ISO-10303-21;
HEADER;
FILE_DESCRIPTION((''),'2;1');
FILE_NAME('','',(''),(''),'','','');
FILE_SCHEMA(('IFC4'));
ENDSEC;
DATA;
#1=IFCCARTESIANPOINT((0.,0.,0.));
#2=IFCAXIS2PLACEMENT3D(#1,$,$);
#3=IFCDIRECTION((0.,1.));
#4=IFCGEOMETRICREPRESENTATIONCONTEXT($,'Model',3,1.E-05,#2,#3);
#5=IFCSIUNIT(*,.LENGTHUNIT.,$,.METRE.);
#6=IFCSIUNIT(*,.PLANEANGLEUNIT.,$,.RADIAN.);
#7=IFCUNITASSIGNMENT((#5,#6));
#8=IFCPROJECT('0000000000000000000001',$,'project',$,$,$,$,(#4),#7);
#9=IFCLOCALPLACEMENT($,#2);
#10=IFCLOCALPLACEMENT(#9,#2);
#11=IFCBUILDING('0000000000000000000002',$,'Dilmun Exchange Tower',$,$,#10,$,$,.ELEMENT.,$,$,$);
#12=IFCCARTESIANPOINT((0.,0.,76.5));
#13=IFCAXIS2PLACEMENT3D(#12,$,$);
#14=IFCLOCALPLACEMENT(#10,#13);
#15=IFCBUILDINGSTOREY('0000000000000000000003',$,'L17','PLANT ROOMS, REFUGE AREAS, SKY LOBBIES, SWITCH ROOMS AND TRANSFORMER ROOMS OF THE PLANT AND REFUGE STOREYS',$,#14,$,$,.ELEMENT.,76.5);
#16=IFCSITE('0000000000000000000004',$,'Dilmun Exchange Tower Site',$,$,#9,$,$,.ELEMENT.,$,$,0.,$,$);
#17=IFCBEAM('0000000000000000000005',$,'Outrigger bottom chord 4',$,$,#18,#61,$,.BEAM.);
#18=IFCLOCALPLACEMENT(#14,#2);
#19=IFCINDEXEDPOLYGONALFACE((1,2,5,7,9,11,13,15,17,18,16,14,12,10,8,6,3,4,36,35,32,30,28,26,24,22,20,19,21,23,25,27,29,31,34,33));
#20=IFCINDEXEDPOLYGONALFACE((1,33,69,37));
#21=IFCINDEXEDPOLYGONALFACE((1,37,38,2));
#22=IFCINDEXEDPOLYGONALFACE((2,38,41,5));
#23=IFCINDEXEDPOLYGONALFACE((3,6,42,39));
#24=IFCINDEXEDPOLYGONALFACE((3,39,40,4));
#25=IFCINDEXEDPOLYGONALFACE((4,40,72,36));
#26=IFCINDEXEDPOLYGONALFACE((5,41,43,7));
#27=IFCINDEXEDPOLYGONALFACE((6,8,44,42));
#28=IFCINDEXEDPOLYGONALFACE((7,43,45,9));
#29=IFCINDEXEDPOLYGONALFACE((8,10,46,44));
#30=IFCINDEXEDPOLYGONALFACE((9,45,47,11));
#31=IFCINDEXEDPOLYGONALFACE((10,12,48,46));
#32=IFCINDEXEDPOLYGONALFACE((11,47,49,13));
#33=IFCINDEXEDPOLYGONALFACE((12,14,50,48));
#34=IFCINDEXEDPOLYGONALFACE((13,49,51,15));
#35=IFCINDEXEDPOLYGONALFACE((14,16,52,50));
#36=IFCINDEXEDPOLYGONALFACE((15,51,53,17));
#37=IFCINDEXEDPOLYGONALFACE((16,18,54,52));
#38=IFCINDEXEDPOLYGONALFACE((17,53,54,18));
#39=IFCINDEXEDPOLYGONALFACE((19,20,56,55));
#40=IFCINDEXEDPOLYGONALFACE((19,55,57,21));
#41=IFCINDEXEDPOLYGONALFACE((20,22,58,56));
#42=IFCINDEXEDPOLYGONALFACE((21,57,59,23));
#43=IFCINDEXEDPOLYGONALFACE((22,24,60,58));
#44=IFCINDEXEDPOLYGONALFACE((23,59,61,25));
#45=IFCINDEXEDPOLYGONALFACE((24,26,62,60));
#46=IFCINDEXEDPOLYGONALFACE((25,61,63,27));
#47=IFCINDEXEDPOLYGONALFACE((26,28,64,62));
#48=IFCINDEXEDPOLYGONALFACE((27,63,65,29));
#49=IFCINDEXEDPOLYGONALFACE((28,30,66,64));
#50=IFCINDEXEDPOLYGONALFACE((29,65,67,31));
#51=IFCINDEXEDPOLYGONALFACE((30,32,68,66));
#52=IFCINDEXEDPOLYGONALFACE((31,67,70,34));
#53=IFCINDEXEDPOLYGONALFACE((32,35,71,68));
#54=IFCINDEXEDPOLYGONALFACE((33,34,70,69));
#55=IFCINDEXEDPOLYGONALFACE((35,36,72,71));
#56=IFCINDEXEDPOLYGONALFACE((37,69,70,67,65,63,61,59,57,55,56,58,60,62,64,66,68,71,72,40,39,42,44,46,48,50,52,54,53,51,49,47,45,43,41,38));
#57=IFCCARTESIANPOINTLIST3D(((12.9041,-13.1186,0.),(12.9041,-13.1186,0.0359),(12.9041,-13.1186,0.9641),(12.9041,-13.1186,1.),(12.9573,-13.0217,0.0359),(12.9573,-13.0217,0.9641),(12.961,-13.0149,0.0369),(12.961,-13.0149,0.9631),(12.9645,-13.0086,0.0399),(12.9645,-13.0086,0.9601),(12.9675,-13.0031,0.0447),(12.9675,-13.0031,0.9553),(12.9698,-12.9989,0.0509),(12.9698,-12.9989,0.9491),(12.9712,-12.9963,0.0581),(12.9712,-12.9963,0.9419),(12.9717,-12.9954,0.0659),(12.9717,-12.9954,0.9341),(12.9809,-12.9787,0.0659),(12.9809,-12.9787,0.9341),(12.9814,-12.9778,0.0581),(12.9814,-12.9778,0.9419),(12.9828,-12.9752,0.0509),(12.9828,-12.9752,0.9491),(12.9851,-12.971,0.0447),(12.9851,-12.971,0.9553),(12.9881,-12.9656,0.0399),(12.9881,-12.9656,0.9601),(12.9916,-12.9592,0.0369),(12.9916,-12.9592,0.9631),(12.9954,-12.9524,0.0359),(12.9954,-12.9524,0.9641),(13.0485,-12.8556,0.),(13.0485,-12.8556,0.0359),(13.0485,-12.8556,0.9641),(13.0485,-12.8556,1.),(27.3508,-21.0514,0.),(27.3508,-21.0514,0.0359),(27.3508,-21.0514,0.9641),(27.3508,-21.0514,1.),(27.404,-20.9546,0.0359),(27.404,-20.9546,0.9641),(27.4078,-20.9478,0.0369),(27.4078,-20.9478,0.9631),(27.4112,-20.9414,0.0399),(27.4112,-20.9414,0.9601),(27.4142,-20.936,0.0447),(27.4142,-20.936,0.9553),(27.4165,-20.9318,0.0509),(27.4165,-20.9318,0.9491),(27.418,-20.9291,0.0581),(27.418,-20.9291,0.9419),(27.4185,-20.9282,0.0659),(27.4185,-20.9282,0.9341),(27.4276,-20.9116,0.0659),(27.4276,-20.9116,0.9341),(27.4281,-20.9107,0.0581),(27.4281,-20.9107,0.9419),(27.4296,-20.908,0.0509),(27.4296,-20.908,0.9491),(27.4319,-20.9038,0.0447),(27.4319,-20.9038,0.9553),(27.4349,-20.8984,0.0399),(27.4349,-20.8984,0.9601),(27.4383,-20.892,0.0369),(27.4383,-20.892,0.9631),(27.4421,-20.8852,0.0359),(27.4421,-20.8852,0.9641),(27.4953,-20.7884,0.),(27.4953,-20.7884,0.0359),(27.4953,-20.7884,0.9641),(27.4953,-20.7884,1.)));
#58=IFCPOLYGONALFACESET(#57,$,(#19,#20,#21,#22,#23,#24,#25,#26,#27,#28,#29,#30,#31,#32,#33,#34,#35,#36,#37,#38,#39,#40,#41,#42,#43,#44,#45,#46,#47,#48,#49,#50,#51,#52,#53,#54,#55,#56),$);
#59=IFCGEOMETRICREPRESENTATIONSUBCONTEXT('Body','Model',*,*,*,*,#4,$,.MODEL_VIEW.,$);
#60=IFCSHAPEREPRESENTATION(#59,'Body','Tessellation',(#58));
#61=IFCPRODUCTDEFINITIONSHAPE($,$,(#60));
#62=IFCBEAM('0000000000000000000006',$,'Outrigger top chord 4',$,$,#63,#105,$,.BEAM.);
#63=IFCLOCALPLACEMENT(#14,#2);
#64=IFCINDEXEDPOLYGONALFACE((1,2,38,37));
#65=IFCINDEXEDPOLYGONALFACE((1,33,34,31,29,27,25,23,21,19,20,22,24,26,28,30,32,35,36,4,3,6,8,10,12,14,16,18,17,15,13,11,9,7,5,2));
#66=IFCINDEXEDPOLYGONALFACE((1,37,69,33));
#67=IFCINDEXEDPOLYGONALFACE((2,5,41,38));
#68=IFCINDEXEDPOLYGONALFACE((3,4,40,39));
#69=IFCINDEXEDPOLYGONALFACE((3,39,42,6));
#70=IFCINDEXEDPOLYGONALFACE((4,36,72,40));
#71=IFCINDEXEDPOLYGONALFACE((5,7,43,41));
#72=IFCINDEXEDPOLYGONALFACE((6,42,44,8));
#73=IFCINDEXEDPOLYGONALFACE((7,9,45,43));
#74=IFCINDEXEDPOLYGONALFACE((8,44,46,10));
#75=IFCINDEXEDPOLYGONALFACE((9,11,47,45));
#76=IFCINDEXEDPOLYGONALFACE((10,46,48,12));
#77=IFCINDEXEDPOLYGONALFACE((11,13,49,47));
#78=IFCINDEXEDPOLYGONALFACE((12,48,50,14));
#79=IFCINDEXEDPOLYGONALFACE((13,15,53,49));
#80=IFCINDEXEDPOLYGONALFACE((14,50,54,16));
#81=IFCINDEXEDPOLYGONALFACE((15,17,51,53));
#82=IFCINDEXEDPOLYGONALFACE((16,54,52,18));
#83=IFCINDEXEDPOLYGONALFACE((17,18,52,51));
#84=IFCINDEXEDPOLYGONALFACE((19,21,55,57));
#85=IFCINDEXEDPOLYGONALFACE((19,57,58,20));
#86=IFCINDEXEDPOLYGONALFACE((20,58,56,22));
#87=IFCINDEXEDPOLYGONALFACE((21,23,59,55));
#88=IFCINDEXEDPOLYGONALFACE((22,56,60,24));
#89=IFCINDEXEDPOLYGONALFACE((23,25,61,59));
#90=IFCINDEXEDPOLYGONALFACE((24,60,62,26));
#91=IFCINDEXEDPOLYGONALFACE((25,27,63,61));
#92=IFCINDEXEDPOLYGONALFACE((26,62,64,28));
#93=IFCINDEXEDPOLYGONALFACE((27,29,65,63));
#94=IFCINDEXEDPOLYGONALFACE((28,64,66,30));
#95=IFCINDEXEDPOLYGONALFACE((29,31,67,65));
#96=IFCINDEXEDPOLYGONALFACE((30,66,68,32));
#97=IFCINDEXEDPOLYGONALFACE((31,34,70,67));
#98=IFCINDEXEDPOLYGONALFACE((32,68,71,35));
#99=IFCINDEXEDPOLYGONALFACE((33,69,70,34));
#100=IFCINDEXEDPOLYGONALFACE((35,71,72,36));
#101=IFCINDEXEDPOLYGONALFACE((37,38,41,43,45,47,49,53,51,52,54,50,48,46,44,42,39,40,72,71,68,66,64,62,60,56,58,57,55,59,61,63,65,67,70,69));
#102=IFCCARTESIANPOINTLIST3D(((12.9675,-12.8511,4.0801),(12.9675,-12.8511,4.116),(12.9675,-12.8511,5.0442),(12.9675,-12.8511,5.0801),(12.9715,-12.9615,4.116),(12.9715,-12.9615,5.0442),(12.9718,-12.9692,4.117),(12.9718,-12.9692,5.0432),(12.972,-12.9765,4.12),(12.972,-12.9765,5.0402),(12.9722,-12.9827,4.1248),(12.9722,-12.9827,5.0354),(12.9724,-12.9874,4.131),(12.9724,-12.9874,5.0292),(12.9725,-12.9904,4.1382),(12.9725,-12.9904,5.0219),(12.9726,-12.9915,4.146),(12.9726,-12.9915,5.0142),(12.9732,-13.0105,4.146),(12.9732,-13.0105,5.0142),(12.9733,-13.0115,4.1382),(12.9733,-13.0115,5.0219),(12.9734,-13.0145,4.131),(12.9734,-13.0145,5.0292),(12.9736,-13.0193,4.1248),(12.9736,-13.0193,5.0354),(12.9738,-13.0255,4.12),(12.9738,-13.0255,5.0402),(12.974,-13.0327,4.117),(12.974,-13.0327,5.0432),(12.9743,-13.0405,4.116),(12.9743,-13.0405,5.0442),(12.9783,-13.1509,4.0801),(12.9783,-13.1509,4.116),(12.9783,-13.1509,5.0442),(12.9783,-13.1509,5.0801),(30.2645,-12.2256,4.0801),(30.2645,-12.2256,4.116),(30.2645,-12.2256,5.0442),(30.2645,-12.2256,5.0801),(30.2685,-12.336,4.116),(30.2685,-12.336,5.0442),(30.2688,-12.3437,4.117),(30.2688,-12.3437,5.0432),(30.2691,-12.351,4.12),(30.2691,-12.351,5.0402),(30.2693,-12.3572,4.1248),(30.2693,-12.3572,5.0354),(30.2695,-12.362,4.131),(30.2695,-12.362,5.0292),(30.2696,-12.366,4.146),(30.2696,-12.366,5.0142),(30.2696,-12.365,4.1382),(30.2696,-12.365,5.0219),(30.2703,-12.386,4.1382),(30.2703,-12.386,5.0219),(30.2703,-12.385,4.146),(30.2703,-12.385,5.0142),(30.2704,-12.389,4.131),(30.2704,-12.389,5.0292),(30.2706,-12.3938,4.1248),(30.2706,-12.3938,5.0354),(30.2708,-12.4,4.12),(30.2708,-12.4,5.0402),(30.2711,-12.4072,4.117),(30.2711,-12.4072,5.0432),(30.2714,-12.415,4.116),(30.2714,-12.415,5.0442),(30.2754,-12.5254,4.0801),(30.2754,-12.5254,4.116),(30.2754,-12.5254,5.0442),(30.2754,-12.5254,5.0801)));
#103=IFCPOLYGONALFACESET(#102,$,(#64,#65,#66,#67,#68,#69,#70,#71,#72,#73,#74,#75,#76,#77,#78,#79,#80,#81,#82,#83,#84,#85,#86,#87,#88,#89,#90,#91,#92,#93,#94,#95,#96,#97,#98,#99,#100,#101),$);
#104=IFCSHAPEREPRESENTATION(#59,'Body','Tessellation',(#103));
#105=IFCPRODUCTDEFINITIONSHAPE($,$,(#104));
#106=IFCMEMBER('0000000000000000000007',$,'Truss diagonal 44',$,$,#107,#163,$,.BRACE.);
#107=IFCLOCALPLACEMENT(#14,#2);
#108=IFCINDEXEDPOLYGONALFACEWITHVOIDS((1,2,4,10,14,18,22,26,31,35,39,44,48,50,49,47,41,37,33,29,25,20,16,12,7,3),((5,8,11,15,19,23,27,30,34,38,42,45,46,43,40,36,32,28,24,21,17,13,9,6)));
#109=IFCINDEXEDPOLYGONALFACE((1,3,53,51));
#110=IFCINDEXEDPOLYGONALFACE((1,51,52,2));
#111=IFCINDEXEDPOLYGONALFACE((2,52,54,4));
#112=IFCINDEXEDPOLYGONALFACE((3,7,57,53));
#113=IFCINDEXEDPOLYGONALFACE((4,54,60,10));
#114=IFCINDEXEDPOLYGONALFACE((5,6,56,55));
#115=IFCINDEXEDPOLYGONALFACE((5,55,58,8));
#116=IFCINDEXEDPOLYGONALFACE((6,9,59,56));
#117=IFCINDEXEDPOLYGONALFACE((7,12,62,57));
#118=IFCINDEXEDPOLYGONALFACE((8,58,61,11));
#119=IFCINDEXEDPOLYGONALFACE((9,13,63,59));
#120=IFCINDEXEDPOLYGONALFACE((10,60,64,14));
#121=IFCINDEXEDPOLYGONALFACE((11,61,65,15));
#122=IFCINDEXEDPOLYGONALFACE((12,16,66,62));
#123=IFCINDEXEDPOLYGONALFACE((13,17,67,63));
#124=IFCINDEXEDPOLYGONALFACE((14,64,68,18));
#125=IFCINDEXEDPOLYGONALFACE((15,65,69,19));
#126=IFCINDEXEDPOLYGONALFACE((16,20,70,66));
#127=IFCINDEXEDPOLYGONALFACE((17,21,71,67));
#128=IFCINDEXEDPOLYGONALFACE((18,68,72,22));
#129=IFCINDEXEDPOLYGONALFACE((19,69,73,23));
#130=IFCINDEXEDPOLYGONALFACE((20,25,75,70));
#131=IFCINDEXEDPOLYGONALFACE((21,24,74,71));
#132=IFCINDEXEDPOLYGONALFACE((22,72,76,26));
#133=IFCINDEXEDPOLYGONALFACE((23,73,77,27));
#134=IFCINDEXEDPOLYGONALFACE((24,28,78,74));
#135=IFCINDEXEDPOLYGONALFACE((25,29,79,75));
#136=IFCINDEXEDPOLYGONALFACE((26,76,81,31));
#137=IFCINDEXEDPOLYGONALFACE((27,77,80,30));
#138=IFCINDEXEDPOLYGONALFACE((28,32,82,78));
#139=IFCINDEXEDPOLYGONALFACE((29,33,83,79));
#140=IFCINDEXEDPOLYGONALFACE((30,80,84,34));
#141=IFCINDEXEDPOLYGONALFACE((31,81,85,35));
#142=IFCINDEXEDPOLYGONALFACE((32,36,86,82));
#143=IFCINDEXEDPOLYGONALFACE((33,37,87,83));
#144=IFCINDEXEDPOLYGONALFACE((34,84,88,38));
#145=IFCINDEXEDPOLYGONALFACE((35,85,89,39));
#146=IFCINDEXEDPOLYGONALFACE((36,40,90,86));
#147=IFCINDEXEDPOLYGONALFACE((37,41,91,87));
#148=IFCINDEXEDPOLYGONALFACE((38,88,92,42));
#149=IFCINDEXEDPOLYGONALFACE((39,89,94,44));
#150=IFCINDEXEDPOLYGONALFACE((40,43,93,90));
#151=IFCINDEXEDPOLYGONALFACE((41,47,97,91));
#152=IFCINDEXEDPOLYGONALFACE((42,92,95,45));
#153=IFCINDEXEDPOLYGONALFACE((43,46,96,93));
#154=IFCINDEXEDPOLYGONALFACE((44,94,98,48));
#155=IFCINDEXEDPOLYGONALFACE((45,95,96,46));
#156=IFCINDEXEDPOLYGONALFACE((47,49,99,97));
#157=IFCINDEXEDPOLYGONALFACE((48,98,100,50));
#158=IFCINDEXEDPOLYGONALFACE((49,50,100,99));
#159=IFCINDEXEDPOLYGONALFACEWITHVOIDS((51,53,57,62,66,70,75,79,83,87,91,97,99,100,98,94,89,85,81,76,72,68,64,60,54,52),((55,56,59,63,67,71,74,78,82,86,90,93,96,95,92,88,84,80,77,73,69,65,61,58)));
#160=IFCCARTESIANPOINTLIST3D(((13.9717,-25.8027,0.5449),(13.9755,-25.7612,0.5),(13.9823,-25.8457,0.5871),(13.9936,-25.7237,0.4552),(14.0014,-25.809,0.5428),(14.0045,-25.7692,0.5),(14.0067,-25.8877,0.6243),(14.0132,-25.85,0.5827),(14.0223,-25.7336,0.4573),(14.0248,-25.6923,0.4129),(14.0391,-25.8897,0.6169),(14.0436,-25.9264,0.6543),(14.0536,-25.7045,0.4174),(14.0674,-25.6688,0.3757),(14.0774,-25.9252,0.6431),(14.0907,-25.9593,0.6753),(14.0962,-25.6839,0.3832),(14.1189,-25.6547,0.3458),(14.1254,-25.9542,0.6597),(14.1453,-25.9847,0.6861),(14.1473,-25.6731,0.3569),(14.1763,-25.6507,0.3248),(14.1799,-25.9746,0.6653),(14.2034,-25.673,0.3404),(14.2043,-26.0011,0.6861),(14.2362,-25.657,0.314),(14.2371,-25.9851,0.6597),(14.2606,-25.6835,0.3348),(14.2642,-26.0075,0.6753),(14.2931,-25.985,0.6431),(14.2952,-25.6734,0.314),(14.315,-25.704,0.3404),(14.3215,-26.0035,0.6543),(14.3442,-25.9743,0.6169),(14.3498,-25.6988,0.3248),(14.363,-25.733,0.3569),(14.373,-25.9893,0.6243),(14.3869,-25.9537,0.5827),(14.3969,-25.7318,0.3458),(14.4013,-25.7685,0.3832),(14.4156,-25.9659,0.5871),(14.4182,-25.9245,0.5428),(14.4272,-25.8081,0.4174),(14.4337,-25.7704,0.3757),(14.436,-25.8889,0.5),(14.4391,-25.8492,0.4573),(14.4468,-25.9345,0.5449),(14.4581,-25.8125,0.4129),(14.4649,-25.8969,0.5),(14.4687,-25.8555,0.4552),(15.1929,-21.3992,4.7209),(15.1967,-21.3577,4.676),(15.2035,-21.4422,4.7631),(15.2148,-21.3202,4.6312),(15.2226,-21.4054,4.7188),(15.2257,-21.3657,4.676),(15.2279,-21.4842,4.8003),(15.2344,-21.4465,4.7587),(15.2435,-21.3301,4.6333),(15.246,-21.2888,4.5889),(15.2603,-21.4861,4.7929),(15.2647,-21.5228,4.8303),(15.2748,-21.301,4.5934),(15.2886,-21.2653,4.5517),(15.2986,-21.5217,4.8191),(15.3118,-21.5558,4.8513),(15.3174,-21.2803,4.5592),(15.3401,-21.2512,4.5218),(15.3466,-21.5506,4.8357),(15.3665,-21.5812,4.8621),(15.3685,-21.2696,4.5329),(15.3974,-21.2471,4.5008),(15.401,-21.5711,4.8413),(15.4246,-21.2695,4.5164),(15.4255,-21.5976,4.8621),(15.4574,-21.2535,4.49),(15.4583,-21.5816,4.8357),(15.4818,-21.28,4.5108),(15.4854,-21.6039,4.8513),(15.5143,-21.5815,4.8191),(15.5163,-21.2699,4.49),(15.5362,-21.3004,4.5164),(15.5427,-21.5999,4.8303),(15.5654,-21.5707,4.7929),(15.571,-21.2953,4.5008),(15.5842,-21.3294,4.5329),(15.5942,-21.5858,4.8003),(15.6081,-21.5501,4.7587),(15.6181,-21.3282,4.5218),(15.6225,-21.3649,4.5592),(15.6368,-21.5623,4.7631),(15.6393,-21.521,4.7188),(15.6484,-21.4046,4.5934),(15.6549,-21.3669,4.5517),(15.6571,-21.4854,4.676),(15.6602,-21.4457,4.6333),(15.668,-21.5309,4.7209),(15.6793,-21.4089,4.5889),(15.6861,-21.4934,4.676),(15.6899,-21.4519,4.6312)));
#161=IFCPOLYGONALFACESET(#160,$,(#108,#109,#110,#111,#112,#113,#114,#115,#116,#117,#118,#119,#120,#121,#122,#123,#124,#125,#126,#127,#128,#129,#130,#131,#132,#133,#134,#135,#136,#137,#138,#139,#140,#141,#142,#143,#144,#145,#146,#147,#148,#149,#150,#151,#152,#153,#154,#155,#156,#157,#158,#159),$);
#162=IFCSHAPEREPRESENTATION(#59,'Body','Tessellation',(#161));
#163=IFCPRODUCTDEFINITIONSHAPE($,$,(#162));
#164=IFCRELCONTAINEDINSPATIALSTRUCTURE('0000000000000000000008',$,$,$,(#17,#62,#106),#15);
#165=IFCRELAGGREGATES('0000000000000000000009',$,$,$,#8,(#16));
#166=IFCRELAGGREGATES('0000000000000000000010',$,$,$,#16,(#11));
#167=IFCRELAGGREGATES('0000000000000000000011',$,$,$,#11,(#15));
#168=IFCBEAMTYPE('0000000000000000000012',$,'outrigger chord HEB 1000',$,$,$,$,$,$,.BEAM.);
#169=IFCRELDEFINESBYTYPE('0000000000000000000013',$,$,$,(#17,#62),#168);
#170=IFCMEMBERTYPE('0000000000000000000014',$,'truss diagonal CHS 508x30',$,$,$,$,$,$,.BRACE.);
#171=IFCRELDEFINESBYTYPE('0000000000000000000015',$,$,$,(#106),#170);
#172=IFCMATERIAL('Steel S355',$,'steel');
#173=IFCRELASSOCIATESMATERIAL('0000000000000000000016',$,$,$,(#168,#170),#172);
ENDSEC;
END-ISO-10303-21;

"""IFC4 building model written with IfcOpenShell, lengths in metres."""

from ifc_helpers import new_model, si_unit, direction, frame, origin, origin_2d, place, context, subcontext, project, spatial, hollow_circle, i_section, extrude, material, material_profile, profile_set, type_object, element, save


model = new_model("IFC4")

# Units and contexts
model_context = context("Model", 3, precision=1e-05, world=origin(), true_north=direction((0.0, 1.0)))
body_context = subcontext(model_context, "Body", "Model", "MODEL_VIEW")
ifc_project = project(units=[si_unit("LENGTHUNIT", "METRE"), si_unit("PLANEANGLEUNIT", "RADIAN")], contexts=[model_context])

# Site, building, storey
site_placement = place(None, origin())
site = spatial("IfcSite", under=ifc_project, at=site_placement, Name="Dilmun Exchange Tower Site", CompositionType="ELEMENT", RefElevation=0.0)
building_placement = place(site_placement, origin())
building = spatial("IfcBuilding", under=site, at=building_placement, Name="Dilmun Exchange Tower", CompositionType="ELEMENT")
storey_placement = place(building_placement, frame((0.0, 0.0, 76.5)))
storey = spatial("IfcBuildingStorey", under=building, at=storey_placement, Name="L17", Description="PLANT ROOMS, REFUGE AREAS, SKY LOBBIES, SWITCH ROOMS AND TRANSFORMER ROOMS OF THE PLANT AND REFUGE STOREYS", CompositionType="ELEMENT", Elevation=76.5)

# Beams
ifc_material_1 = material(Name="Steel S355", Category="steel")
ifc_material_profile_1 = material_profile(ifc_material_1, i_section(OverallWidth=0.3, OverallDepth=1.0, WebThickness=0.019, FlangeThickness=0.0359, FilletRadius=0.03, at=origin_2d()), Name="HEB 1000")
ifc_profile_set_1 = profile_set([ifc_material_profile_1], Name="Steel S355")
beam_type = type_object("IfcBeamType", Name="outrigger chord HEB 1000", PredefinedType="BEAM", material=ifc_profile_set_1)
beam_1_placement = place(storey_placement, frame((12.9763, -12.9871, 0.5), z_axis=(0.876545, -0.481319, 0.0), x_axis=(0.481319, 0.876545, 0.0)))
element("IfcBeam", 1, at=beam_1_placement, inside=storey, type_object=beam_type, Name="Outrigger bottom chord 4", PredefinedType="BEAM", context=body_context, shape_type="SweptSolid", body=[
    extrude(i_section(OverallWidth=0.3, OverallDepth=1.0, WebThickness=0.019, FlangeThickness=0.0359, FilletRadius=0.03, at=origin_2d()), origin(), (0.0, 0.0, 1.0), 16.4814),
])
beam_2_placement = place(storey_placement, frame((12.9729, -13.001, 4.5801), z_axis=(0.999347, 0.036138, 0.0), x_axis=(-0.036138, 0.999347, 0.0)))
element("IfcBeam", 2, at=beam_2_placement, inside=storey, type_object=beam_type, Name="Outrigger top chord 4", PredefinedType="BEAM", context=body_context, shape_type="SweptSolid", body=[
    extrude(i_section(OverallWidth=0.3, OverallDepth=1.0, WebThickness=0.019, FlangeThickness=0.0359, FilletRadius=0.03, at=origin_2d()), origin(), (0.0, 0.0, 1.0), 17.3083),
])

# Member
ifc_material_profile_2 = material_profile(ifc_material_1, hollow_circle(Radius=0.2539, WallThickness=0.03, at=origin_2d()), Name="CHS 508x30")
ifc_profile_set_2 = profile_set([ifc_material_profile_2], Name="Steel S355")
member_type = type_object("IfcMemberType", Name="truss diagonal CHS 508x30", PredefinedType="BRACE", material=ifc_profile_set_2)
member_1_placement = place(storey_placement, frame((15.4414, -21.4255, 4.676), z_axis=(-0.19727, -0.711346, -0.67459), x_axis=(0.963632, -0.267233, 0.0)))
element("IfcMember", 3, at=member_1_placement, inside=storey, type_object=member_type, Name="Truss diagonal 44", PredefinedType="BRACE", context=body_context, shape_type="SweptSolid", body=[
    extrude(hollow_circle(Radius=0.2539, WallThickness=0.03, at=origin_2d()), origin(), (0.0, 0.0, 1.0), 6.1904),
])

save(model, "model.ifc")
